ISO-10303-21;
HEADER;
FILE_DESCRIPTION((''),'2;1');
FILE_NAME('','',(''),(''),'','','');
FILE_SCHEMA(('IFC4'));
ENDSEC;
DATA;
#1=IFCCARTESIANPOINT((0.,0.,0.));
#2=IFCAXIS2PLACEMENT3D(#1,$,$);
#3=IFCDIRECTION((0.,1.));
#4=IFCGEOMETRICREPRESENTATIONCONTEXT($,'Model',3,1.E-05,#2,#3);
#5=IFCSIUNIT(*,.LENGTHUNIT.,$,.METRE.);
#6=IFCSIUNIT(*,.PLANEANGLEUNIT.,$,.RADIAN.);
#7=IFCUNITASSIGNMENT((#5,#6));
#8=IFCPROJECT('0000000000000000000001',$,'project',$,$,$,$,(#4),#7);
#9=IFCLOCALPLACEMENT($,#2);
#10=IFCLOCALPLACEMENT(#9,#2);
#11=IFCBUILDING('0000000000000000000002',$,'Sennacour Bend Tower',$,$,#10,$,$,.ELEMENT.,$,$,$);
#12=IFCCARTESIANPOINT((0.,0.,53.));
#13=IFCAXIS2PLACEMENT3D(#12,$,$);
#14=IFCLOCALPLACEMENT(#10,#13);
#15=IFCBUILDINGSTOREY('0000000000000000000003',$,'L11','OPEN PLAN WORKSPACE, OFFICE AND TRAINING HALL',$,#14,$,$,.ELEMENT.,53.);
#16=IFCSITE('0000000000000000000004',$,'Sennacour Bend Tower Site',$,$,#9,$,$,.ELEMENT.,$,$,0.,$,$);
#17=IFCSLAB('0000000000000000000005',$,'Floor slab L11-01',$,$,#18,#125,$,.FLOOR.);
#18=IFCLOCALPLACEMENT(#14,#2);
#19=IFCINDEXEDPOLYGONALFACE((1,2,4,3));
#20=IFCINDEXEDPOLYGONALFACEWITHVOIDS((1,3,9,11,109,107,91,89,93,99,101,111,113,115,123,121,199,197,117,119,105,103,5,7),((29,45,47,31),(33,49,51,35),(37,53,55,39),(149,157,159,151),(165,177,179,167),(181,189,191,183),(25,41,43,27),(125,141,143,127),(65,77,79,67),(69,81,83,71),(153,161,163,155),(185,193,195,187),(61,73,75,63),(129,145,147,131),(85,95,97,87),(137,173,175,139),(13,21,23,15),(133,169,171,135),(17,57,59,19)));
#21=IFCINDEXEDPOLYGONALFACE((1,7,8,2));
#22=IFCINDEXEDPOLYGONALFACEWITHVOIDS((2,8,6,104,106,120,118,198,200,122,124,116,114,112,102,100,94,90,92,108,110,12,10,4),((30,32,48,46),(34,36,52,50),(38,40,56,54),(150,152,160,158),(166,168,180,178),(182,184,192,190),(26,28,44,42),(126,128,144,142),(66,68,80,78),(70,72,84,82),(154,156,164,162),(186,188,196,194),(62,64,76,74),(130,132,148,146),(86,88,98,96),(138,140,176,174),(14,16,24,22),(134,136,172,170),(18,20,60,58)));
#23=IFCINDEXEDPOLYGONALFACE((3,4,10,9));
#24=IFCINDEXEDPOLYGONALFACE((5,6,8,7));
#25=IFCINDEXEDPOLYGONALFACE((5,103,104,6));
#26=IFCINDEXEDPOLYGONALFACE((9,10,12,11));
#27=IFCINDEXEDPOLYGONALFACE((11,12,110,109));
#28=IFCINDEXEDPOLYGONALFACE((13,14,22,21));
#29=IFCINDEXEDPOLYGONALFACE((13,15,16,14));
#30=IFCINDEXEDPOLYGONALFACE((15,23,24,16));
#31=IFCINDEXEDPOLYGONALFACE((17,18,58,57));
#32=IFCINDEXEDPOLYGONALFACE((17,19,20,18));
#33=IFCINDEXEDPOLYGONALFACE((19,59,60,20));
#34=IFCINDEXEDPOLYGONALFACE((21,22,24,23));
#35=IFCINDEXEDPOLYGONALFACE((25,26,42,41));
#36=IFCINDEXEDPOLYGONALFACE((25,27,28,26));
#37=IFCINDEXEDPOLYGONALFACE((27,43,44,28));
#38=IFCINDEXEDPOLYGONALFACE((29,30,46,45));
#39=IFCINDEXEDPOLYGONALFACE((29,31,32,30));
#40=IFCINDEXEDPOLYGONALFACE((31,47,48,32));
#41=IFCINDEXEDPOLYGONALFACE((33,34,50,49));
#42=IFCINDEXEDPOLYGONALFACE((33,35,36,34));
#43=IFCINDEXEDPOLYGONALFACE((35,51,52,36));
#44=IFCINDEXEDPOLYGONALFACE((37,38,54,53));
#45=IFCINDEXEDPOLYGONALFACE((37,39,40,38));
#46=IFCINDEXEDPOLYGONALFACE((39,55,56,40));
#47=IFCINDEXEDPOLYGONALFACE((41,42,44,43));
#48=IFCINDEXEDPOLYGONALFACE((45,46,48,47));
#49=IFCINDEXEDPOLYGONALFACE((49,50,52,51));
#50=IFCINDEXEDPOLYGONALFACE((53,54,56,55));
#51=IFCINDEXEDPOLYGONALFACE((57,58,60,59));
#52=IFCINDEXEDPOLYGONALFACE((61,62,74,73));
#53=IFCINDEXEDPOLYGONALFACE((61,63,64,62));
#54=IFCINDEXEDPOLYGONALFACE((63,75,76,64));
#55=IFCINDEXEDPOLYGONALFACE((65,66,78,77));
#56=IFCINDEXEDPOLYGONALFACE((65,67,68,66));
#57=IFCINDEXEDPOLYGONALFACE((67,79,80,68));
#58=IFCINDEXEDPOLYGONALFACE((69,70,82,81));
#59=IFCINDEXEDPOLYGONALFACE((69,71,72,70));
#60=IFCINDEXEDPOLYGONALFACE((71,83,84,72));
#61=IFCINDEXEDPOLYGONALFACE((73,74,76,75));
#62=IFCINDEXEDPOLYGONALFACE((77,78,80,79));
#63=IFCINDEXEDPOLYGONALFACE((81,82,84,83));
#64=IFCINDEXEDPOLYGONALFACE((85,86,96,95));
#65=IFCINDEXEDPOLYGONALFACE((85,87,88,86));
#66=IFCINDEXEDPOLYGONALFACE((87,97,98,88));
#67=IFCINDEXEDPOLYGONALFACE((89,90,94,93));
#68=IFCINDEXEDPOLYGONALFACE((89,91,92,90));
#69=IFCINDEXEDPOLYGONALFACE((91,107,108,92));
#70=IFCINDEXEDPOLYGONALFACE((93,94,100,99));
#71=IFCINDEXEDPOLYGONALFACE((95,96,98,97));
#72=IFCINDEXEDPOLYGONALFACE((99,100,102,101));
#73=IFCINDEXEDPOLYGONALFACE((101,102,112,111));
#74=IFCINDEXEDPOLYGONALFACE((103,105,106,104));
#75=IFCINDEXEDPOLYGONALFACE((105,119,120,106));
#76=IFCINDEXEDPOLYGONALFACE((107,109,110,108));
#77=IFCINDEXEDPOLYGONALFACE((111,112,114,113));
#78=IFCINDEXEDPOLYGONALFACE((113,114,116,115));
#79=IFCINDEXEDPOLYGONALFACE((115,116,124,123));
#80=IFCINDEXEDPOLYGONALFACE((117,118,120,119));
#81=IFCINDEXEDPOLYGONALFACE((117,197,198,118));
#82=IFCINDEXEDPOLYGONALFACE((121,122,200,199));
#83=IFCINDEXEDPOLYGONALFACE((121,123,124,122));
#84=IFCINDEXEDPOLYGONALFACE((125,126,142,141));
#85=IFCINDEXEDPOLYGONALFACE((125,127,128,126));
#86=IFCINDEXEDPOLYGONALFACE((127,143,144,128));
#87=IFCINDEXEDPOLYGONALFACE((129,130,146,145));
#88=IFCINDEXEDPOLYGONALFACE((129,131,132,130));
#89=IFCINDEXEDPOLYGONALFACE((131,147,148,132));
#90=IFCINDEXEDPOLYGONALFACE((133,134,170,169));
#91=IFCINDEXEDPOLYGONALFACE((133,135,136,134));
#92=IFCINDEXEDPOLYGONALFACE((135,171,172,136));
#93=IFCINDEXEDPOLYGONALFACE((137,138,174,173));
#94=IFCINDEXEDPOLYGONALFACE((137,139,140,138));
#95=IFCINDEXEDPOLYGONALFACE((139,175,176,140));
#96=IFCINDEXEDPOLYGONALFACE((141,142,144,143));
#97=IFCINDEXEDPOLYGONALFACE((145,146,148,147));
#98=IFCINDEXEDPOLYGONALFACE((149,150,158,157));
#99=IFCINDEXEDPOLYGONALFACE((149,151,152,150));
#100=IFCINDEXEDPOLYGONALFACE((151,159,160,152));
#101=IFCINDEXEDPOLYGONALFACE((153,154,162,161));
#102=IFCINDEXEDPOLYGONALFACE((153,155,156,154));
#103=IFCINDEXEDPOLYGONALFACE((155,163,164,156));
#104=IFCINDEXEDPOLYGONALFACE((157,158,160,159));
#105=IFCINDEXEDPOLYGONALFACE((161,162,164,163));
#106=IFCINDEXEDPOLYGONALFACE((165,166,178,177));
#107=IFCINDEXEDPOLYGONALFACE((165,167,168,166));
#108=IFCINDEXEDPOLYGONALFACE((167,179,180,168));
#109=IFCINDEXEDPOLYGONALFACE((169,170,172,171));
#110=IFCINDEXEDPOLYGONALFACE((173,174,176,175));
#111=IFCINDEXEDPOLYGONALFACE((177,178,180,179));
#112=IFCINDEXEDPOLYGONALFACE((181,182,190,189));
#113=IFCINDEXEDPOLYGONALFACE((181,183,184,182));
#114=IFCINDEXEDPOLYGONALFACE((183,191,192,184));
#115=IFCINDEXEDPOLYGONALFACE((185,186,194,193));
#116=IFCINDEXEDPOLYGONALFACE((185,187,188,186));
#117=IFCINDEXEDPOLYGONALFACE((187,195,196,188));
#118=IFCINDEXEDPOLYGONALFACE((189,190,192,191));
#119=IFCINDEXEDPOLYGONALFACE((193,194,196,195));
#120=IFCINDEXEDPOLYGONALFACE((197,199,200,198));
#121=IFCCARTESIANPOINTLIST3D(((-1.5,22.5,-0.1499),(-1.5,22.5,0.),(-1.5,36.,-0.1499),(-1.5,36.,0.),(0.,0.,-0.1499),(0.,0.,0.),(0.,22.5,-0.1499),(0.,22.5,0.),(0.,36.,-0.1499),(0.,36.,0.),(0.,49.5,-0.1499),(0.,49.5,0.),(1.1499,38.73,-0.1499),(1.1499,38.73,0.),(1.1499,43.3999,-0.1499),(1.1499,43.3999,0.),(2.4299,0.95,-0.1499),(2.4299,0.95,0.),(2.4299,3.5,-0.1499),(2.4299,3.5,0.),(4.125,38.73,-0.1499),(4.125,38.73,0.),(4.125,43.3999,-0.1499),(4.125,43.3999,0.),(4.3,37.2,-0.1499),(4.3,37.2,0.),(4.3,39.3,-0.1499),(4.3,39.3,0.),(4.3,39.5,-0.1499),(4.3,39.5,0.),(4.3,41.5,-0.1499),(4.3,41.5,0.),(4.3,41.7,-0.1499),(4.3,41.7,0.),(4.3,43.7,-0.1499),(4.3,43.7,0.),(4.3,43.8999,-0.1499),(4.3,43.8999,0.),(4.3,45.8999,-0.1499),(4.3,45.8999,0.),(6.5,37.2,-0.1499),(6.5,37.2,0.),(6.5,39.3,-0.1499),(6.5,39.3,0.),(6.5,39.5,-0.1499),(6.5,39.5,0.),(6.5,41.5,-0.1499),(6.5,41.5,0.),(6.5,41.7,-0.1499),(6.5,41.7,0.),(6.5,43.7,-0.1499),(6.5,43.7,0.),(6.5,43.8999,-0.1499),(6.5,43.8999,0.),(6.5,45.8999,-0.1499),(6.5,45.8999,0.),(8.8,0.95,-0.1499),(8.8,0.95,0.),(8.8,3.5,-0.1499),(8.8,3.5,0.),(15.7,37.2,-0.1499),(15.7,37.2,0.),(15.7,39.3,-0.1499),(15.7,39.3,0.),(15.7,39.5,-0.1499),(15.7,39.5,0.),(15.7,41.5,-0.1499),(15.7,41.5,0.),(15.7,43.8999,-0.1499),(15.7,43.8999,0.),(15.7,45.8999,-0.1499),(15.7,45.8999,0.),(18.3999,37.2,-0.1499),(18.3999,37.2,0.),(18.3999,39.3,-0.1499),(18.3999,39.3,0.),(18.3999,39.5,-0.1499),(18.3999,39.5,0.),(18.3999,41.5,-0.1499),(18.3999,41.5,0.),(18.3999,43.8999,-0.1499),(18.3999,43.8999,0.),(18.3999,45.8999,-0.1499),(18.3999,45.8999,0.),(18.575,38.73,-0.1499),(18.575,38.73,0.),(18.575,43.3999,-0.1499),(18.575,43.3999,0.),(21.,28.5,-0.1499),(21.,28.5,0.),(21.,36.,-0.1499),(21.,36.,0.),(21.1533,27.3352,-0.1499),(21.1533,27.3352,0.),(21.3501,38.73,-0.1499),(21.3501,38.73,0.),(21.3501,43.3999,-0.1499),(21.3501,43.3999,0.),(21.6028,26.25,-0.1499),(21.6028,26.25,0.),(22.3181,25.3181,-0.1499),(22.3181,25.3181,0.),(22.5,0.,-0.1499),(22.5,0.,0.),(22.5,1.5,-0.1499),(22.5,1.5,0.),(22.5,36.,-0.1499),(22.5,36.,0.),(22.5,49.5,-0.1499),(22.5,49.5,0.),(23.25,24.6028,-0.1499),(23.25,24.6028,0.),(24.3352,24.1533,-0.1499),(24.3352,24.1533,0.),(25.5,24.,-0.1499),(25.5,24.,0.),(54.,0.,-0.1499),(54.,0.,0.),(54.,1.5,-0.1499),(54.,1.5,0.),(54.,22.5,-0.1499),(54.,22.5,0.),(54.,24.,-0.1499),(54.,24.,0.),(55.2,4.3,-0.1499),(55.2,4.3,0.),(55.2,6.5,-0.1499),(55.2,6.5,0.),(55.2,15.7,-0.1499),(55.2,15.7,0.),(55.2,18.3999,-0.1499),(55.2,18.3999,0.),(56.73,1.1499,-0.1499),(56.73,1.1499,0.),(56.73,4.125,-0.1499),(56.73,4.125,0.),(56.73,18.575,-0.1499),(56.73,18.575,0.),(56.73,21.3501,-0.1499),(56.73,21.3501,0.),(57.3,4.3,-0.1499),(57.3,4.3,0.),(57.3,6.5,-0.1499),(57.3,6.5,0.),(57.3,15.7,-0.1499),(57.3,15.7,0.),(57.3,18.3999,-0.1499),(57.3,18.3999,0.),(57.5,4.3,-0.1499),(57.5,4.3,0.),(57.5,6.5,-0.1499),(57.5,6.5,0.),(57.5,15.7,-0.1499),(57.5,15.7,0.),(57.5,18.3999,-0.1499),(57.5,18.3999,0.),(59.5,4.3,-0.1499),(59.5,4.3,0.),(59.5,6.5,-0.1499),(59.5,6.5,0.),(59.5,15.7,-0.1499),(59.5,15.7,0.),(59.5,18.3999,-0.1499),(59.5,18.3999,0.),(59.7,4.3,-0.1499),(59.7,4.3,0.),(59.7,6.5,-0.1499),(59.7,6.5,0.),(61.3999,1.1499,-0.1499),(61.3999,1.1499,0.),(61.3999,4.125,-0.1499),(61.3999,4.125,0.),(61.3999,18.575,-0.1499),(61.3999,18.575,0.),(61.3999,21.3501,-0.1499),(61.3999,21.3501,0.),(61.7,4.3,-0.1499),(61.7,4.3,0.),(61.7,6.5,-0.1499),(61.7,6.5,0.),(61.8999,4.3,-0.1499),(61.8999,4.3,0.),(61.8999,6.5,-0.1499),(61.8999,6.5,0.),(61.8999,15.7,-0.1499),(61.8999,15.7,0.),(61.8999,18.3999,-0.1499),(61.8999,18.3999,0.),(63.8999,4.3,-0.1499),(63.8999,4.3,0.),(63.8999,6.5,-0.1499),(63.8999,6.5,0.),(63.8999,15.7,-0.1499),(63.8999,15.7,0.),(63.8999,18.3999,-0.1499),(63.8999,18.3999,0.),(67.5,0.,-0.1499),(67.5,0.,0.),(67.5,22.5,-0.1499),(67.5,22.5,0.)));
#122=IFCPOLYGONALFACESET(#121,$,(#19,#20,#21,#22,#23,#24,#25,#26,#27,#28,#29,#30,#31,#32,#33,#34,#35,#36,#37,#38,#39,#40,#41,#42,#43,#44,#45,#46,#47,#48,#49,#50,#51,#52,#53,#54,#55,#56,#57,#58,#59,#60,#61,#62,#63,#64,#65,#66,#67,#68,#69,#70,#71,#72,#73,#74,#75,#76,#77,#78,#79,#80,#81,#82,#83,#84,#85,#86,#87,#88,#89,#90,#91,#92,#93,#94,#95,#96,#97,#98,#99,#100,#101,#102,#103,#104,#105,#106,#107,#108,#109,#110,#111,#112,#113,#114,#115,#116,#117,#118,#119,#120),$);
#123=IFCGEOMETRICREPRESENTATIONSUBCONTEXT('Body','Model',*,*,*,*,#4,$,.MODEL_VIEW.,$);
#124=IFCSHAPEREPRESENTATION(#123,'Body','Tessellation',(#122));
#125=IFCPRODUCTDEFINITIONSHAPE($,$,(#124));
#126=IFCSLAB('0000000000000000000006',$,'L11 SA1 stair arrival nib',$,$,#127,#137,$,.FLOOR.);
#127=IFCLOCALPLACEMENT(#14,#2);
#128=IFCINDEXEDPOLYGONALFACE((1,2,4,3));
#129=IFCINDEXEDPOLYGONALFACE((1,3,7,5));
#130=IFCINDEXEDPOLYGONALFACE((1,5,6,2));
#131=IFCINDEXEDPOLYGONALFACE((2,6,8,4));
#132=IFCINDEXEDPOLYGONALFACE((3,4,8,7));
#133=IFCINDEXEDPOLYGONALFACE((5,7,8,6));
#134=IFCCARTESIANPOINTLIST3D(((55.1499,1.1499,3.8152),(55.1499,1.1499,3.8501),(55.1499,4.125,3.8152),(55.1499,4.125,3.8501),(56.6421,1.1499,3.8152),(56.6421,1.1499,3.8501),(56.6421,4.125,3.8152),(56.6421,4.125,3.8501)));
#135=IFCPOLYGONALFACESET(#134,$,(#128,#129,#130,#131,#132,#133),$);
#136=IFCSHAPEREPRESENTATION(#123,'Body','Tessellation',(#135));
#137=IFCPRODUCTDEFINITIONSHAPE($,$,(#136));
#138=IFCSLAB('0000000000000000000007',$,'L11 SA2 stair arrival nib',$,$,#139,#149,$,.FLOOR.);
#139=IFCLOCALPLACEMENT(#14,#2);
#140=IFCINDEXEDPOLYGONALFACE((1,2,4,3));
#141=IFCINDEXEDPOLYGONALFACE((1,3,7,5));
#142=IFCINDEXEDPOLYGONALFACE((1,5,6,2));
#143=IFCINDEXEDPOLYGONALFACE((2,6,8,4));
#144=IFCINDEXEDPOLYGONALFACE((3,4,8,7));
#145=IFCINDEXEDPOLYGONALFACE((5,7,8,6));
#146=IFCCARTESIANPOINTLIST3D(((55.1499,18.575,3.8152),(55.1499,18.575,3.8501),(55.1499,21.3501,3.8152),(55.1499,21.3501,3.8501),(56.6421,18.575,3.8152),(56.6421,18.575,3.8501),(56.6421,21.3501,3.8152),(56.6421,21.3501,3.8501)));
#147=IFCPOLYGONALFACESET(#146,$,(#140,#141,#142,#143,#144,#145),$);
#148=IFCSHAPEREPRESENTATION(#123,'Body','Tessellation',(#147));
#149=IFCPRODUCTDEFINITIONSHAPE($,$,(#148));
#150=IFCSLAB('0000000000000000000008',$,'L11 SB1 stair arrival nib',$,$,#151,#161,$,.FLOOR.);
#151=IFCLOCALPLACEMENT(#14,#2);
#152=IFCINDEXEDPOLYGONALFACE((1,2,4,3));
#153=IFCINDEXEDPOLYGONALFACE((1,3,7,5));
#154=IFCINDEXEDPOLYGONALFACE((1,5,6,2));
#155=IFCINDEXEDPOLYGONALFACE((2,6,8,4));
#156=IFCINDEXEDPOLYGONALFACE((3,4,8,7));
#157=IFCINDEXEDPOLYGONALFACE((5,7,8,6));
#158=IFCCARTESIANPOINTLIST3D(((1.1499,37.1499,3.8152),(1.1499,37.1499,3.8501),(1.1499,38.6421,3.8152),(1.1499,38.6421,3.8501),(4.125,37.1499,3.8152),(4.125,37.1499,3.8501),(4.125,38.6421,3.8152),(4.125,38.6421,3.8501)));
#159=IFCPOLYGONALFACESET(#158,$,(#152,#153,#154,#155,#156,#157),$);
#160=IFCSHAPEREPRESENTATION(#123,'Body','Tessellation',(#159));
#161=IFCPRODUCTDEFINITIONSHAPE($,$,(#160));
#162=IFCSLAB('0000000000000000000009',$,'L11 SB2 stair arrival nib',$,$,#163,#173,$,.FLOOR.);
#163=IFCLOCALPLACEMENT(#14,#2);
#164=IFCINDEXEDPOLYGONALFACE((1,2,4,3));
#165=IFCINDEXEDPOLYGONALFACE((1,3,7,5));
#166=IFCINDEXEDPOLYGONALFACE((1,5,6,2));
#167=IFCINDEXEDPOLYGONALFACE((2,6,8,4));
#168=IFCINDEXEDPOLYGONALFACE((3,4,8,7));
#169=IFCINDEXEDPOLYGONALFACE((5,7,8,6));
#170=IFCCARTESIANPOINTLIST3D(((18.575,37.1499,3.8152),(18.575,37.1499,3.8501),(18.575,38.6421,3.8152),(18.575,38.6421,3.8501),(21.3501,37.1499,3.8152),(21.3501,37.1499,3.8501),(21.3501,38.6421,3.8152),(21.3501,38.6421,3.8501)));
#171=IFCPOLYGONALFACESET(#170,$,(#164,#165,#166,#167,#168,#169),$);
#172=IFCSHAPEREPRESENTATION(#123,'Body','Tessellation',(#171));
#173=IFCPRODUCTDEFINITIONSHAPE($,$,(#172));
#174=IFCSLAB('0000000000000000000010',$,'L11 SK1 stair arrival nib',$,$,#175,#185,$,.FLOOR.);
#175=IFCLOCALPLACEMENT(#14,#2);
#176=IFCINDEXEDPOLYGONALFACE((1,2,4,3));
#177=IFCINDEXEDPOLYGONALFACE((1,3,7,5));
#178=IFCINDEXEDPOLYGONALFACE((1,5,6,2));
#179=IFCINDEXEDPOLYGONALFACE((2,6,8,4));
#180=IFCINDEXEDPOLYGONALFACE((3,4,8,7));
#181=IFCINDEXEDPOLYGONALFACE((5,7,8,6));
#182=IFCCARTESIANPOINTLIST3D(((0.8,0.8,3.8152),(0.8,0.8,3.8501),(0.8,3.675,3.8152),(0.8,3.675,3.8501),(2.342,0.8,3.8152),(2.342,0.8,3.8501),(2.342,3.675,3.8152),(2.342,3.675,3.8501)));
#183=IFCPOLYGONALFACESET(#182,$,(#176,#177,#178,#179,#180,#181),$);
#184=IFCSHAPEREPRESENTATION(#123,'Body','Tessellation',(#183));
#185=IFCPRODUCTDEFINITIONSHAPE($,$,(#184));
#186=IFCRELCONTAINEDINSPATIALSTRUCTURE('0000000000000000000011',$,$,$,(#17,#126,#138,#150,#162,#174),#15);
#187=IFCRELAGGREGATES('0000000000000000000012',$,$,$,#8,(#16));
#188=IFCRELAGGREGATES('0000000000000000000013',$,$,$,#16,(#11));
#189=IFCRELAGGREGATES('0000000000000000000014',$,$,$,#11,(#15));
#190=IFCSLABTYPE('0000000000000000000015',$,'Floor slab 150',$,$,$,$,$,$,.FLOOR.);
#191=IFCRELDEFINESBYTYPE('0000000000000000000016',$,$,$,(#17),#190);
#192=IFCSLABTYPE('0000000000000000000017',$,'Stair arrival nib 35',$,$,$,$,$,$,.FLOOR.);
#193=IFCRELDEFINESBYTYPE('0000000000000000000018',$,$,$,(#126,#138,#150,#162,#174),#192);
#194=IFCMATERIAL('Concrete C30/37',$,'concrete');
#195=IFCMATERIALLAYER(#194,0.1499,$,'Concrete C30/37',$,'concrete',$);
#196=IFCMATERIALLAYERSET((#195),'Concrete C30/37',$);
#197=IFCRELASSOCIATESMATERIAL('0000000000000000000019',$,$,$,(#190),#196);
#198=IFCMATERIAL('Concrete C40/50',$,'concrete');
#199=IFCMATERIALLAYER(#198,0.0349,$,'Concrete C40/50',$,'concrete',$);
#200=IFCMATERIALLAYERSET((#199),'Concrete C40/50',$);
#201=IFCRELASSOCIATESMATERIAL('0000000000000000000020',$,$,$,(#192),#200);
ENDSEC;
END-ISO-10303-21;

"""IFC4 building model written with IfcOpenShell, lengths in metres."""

from ifc_helpers import new_model, si_unit, direction, frame, origin, place, context, subcontext, project, spatial, polyline, outline, extrude, material, layer, layer_set, type_object, element, save


model = new_model("IFC4")

# Units and contexts
model_context = context("Model", 3, precision=1e-05, world=origin(), true_north=direction((0.0, 1.0)))
body_context = subcontext(model_context, "Body", "Model", "MODEL_VIEW")
ifc_project = project(units=[si_unit("LENGTHUNIT", "METRE"), si_unit("PLANEANGLEUNIT", "RADIAN")], contexts=[model_context])

# Site, building, storey
site_placement = place(None, origin())
site = spatial("IfcSite", under=ifc_project, at=site_placement, Name="Sennacour Bend Tower Site", CompositionType="ELEMENT", RefElevation=0.0)
building_placement = place(site_placement, origin())
building = spatial("IfcBuilding", under=site, at=building_placement, Name="Sennacour Bend Tower", CompositionType="ELEMENT")
storey_placement = place(building_placement, frame((0.0, 0.0, 53.0)))
storey = spatial("IfcBuildingStorey", under=building, at=storey_placement, Name="L11", Description="OPEN PLAN WORKSPACE, OFFICE AND TRAINING HALL", CompositionType="ELEMENT", Elevation=53.0)

# Slabs
ifc_material_1 = material(Name="Concrete C30/37", Category="concrete")
ifc_layer_1 = layer(ifc_material_1, 0.1499, Name="Concrete C30/37", Category="concrete")
ifc_layer_set_1 = layer_set([ifc_layer_1], Name="Concrete C30/37")
slab_type_1 = type_object("IfcSlabType", Name="Floor slab 150", PredefinedType="FLOOR", material=ifc_layer_set_1)
slab_1_placement = place(storey_placement, frame((0.0, 0.0, -0.1499)))
element("IfcSlab", 1, at=slab_1_placement, inside=storey, type_object=slab_type_1, Name="Floor slab L11-01", PredefinedType="FLOOR", context=body_context, shape_type="SweptSolid", body=[
    extrude(outline(polyline([(0.0, 22.5), (-1.5, 22.5), (-1.5, 36.0), (0.0, 36.0), (0.0, 49.5), (22.5, 49.5), (22.5, 36.0), (21.0, 36.0), (21.0, 28.5), (21.1533, 27.3352), (21.6028, 26.25), (22.3181, 25.3181), (23.25, 24.6028), (24.3352, 24.1533), (25.5, 24.0), (54.0, 24.0), (54.0, 22.5), (67.5, 22.5), (67.5, 0.0), (54.0, 0.0), (54.0, 1.5), (22.5, 1.5), (22.5, 0.0), (0.0, 0.0), (0.0, 22.5)]), holes=[polyline([(8.8, 0.95), (8.8, 3.5), (2.4299, 3.5), (2.4299, 0.95), (8.8, 0.95)]), polyline([(6.5, 37.2), (6.5, 39.3), (4.3, 39.3), (4.3, 37.2), (6.5, 37.2)]), polyline([(18.3999, 37.2), (18.3999, 39.3), (15.7, 39.3), (15.7, 37.2), (18.3999, 37.2)]), polyline([(6.5, 39.5), (6.5, 41.5), (4.3, 41.5), (4.3, 39.5), (6.5, 39.5)]), polyline([(18.3999, 39.5), (18.3999, 41.5), (15.7, 41.5), (15.7, 39.5), (18.3999, 39.5)]), polyline([(4.125, 38.73), (4.125, 43.3999), (1.1499, 43.3999), (1.1499, 38.73), (4.125, 38.73)]), polyline([(21.3501, 38.73), (21.3501, 43.3999), (18.575, 43.3999), (18.575, 38.73), (21.3501, 38.73)]), polyline([(4.3, 41.7), (6.5, 41.7), (6.5, 43.7), (4.3, 43.7), (4.3, 41.7)]), polyline([(4.3, 43.8999), (6.5, 43.8999), (6.5, 45.8999), (4.3, 45.8999), (4.3, 43.8999)]), polyline([(18.3999, 43.8999), (18.3999, 45.8999), (15.7, 45.8999), (15.7, 43.8999), (18.3999, 43.8999)]), polyline([(61.3999, 1.1499), (61.3999, 4.125), (56.73, 4.125), (56.73, 1.1499), (61.3999, 1.1499)]), polyline([(57.3, 4.3), (57.3, 6.5), (55.2, 6.5), (55.2, 4.3), (57.3, 4.3)]), polyline([(57.5, 4.3), (59.5, 4.3), (59.5, 6.5), (57.5, 6.5), (57.5, 4.3)]), polyline([(59.7, 4.3), (61.7, 4.3), (61.7, 6.5), (59.7, 6.5), (59.7, 4.3)]), polyline([(63.8999, 4.3), (63.8999, 6.5), (61.8999, 6.5), (61.8999, 4.3), (63.8999, 4.3)]), polyline([(57.3, 15.7), (57.3, 18.3999), (55.2, 18.3999), (55.2, 15.7), (57.3, 15.7)]), polyline([(59.5, 15.7), (59.5, 18.3999), (57.5, 18.3999), (57.5, 15.7), (59.5, 15.7)]), polyline([(61.8999, 15.7), (63.8999, 15.7), (63.8999, 18.3999), (61.8999, 18.3999), (61.8999, 15.7)]), polyline([(56.73, 18.575), (61.3999, 18.575), (61.3999, 21.3501), (56.73, 21.3501), (56.73, 18.575)])]), origin(), (0.0, 0.0, 1.0), 0.1499),
])
ifc_material_2 = material(Name="Concrete C40/50", Category="concrete")
ifc_layer_2 = layer(ifc_material_2, 0.0349, Name="Concrete C40/50", Category="concrete")
ifc_layer_set_2 = layer_set([ifc_layer_2], Name="Concrete C40/50")
slab_type_2 = type_object("IfcSlabType", Name="Stair arrival nib 35", PredefinedType="FLOOR", material=ifc_layer_set_2)
slab_2_placement = place(storey_placement, frame((0.0, 0.0, 3.8152)))
element("IfcSlab", 2, at=slab_2_placement, inside=storey, type_object=slab_type_2, Name="L11 SA1 stair arrival nib", PredefinedType="FLOOR", context=body_context, shape_type="SweptSolid", body=[
    extrude(outline(polyline([(56.6421, 4.125), (55.1499, 4.125), (55.1499, 1.1499), (56.6421, 1.1499), (56.6421, 4.125)])), origin(), (0.0, 0.0, 1.0), 0.0349),
])
slab_3_placement = place(storey_placement, frame((0.0, 0.0, 3.8152)))
element("IfcSlab", 3, at=slab_3_placement, inside=storey, type_object=slab_type_2, Name="L11 SA2 stair arrival nib", PredefinedType="FLOOR", context=body_context, shape_type="SweptSolid", body=[
    extrude(outline(polyline([(56.6421, 21.3501), (55.1499, 21.3501), (55.1499, 18.575), (56.6421, 18.575), (56.6421, 21.3501)])), origin(), (0.0, 0.0, 1.0), 0.0349),
])
slab_4_placement = place(storey_placement, frame((0.0, 0.0, 3.8152)))
element("IfcSlab", 4, at=slab_4_placement, inside=storey, type_object=slab_type_2, Name="L11 SB1 stair arrival nib", PredefinedType="FLOOR", context=body_context, shape_type="SweptSolid", body=[
    extrude(outline(polyline([(1.1499, 38.6421), (1.1499, 37.1499), (4.125, 37.1499), (4.125, 38.6421), (1.1499, 38.6421)])), origin(), (0.0, 0.0, 1.0), 0.0349),
])
slab_5_placement = place(storey_placement, frame((0.0, 0.0, 3.8152)))
element("IfcSlab", 5, at=slab_5_placement, inside=storey, type_object=slab_type_2, Name="L11 SB2 stair arrival nib", PredefinedType="FLOOR", context=body_context, shape_type="SweptSolid", body=[
    extrude(outline(polyline([(18.575, 38.6421), (18.575, 37.1499), (21.3501, 37.1499), (21.3501, 38.6421), (18.575, 38.6421)])), origin(), (0.0, 0.0, 1.0), 0.0349),
])
slab_6_placement = place(storey_placement, frame((0.0, 0.0, 3.8152)))
element("IfcSlab", 6, at=slab_6_placement, inside=storey, type_object=slab_type_2, Name="L11 SK1 stair arrival nib", PredefinedType="FLOOR", context=body_context, shape_type="SweptSolid", body=[
    extrude(outline(polyline([(2.342, 3.675), (0.8, 3.675), (0.8, 0.8), (2.342, 0.8), (2.342, 3.675)])), origin(), (0.0, 0.0, 1.0), 0.0349),
])

save(model, "model.ifc")
